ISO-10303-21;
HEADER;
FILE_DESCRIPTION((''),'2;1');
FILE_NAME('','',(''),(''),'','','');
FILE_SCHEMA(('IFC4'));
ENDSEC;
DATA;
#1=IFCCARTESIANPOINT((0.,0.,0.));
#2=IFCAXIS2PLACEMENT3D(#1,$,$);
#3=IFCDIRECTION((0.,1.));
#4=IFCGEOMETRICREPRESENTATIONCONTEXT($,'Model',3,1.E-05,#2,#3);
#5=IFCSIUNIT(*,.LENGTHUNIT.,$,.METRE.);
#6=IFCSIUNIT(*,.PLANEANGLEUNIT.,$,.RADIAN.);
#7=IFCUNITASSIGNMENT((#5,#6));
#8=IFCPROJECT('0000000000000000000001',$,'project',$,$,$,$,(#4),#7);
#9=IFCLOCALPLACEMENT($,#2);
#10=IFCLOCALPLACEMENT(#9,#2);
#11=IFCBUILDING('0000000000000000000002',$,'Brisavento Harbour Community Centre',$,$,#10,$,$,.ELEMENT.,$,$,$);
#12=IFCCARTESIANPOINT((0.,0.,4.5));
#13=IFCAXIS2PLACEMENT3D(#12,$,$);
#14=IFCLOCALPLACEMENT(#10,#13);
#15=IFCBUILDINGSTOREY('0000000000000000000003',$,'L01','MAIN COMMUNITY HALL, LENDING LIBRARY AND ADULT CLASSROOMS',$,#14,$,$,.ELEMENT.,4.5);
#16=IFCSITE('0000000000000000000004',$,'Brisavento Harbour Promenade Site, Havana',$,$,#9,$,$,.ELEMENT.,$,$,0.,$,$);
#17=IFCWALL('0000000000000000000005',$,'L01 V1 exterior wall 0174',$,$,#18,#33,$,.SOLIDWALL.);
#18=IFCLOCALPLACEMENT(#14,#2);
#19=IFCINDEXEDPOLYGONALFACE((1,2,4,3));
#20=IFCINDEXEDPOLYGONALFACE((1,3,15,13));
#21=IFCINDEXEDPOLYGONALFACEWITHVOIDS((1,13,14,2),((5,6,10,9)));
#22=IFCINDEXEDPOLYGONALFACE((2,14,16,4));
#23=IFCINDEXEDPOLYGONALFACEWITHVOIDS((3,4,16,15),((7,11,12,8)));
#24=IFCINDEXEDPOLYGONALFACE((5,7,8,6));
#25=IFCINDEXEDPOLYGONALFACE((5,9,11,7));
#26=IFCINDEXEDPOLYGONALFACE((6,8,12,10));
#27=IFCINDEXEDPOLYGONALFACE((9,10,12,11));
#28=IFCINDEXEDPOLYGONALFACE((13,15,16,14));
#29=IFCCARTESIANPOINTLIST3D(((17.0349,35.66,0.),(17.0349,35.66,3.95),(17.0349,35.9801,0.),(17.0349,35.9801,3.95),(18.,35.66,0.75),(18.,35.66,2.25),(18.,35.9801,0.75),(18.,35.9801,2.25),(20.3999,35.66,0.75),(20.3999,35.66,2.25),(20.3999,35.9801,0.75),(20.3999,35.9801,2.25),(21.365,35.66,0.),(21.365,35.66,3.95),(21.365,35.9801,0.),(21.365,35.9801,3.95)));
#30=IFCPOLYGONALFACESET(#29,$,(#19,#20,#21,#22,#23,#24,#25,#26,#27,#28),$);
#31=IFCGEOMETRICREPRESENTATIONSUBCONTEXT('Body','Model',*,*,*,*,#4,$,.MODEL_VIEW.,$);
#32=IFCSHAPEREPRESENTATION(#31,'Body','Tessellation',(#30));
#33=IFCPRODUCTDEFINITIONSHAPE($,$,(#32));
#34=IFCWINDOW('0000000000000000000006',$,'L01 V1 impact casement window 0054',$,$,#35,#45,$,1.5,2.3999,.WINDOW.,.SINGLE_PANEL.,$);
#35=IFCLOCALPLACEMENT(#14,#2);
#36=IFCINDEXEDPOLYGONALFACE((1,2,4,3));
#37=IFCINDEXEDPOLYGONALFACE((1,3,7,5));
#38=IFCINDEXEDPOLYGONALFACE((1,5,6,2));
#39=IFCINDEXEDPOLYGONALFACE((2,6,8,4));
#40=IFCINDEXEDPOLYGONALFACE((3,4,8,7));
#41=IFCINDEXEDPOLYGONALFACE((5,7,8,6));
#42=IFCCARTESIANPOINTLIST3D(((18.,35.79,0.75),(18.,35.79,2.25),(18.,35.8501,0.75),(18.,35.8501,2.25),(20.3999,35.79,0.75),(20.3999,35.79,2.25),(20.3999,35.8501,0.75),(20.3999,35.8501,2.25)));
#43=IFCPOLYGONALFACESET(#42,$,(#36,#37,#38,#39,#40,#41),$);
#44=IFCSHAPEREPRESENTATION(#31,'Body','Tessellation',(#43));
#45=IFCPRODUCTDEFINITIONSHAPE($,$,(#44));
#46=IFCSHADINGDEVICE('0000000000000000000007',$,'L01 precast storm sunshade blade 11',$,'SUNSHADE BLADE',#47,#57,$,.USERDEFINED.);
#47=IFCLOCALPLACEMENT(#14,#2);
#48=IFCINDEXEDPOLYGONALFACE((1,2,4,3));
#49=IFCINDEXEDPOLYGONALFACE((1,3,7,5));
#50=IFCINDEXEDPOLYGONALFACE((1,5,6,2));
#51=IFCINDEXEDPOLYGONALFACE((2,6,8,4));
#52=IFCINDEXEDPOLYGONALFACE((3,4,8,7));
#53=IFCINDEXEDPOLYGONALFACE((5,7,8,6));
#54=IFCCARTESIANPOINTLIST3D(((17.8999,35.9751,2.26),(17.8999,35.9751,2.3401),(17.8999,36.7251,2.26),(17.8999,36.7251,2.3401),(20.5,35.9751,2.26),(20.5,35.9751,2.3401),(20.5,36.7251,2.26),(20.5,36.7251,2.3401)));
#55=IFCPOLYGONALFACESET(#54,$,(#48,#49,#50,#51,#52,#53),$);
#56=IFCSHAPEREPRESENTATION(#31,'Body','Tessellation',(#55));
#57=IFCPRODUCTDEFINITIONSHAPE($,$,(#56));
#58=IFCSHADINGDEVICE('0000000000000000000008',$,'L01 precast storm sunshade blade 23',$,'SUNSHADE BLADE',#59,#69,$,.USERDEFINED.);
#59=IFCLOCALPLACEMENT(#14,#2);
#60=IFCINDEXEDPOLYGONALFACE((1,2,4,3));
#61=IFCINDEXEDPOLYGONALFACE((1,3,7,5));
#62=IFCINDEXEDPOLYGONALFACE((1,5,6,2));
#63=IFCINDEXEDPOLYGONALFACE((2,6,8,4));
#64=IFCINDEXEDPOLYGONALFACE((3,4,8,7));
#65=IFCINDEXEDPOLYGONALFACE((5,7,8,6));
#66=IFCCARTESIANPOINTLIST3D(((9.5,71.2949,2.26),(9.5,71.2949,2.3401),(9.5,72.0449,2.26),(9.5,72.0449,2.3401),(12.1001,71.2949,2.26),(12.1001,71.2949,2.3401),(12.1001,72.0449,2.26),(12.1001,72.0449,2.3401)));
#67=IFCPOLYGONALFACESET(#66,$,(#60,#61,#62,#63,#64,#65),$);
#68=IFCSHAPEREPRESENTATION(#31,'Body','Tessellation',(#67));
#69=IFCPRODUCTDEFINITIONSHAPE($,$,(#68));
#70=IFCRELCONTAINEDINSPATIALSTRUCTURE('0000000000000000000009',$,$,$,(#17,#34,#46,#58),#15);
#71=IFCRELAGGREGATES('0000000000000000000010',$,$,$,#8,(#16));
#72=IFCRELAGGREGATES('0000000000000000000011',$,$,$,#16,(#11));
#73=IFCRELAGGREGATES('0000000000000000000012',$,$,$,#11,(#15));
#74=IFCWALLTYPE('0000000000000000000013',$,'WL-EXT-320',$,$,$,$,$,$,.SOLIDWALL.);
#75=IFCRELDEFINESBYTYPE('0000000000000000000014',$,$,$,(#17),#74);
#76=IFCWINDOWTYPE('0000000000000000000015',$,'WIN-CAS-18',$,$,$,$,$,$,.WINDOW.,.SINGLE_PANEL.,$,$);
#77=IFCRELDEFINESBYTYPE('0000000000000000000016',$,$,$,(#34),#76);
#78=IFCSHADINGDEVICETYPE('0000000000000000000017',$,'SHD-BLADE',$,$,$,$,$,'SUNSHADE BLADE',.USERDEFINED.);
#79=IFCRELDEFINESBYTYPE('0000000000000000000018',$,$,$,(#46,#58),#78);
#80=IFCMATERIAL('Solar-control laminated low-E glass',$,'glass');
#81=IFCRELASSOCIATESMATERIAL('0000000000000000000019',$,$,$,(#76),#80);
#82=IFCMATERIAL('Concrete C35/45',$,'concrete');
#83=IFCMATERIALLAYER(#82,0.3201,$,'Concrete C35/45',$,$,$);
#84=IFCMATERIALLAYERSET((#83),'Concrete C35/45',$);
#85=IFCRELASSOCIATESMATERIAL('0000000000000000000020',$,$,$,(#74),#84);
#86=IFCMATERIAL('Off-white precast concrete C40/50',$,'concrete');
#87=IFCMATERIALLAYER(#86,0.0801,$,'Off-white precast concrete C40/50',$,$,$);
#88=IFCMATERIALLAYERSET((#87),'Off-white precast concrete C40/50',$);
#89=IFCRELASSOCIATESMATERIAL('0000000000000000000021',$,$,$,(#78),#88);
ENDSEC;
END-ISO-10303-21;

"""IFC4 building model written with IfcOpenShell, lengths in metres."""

from ifc_helpers import new_model, si_unit, direction, frame, frame_2d, origin, origin_2d, place, context, subcontext, project, spatial, rectangle, extrude, material, layer, layer_set, type_object, element, fill, save


model = new_model("IFC4")

# Units and contexts
model_context = context("Model", 3, precision=1e-05, world=origin(), true_north=direction((0.0, 1.0)))
body_context = subcontext(model_context, "Body", "Model", "MODEL_VIEW")
ifc_project = project(units=[si_unit("LENGTHUNIT", "METRE"), si_unit("PLANEANGLEUNIT", "RADIAN")], contexts=[model_context])

# Site, building, storey
site_placement = place(None, origin())
site = spatial("IfcSite", under=ifc_project, at=site_placement, Name="Brisavento Harbour Promenade Site, Havana", CompositionType="ELEMENT", RefElevation=0.0)
building_placement = place(site_placement, origin())
building = spatial("IfcBuilding", under=site, at=building_placement, Name="Brisavento Harbour Community Centre", CompositionType="ELEMENT")
storey_placement = place(building_placement, frame((0.0, 0.0, 4.5)))
storey = spatial("IfcBuildingStorey", under=building, at=storey_placement, Name="L01", Description="MAIN COMMUNITY HALL, LENDING LIBRARY AND ADULT CLASSROOMS", CompositionType="ELEMENT", Elevation=4.5)

# Shared definitions
ifc_material_1 = material(Name="Concrete C35/45", Category="concrete")

# Shared definitions
ifc_material_2 = material(Name="Solar-control laminated low-E glass", Category="glass")

# Wall, opening, window
window_type_1 = type_object("IfcWindowType", Name="WIN-CAS-18", PartitioningType="SINGLE_PANEL", PredefinedType="WINDOW", material=ifc_material_2)
ifc_layer_1 = layer(ifc_material_1, 0.3201, Name="Concrete C35/45")
ifc_layer_set_1 = layer_set([ifc_layer_1], Name="Concrete C35/45")
wall_type_1 = type_object("IfcWallType", Name="WL-EXT-320", PredefinedType="SOLIDWALL", material=ifc_layer_set_1)
wall_1_placement = place(storey_placement, frame((17.0349, 35.8201, 0.0), z_axis=(0.0, 0.0, 1.0), x_axis=(1.0, 0.0, 0.0)))
wall_1 = element("IfcWall", 1, at=wall_1_placement, inside=storey, type_object=wall_type_1, Name="L01 V1 exterior wall 0174", PredefinedType="SOLIDWALL", context=body_context, shape_type="SweptSolid", body=[
    extrude(rectangle(XDim=4.3301, YDim=0.3201, at=frame_2d((2.165, 0.0))), origin(), (0.0, 0.0, 1.0), 3.95),
])
opening_1_placement = place(wall_1_placement, frame((0.9651, 0.0, 0.75)))
opening_1 = element("IfcOpeningElement", 2, at=opening_1_placement, cuts=wall_1, PredefinedType="OPENING", context=body_context, shape_type="SweptSolid", body=[
    extrude(rectangle(XDim=2.3999, YDim=1.5, at=frame_2d((1.2, 0.75))), frame((0.0, 0.1699, 0.0), z_axis=(0.0, -1.0, 0.0), x_axis=(1.0, 0.0, 0.0)), (0.0, 0.0, 1.0), 0.3401),
])
window_1_placement = place(opening_1_placement, origin())
window_1 = element("IfcWindow", 3, at=window_1_placement, inside=storey, type_object=window_type_1, Name="L01 V1 impact casement window 0054", OverallHeight=1.5, OverallWidth=2.3999, PartitioningType="SINGLE_PANEL", PredefinedType="WINDOW", context=body_context, shape_type="SweptSolid", body=[
    extrude(rectangle(XDim=2.3999, YDim=1.5, at=frame_2d((1.2, 0.75))), frame((0.0, 0.03, 0.0), z_axis=(0.0, -1.0, 0.0), x_axis=(1.0, 0.0, 0.0)), (0.0, 0.0, 1.0), 0.0601),
])
fill(opening_1, window_1)

# Shading devices
ifc_material_3 = material(Name="Off-white precast concrete C40/50", Category="concrete")
ifc_layer_2 = layer(ifc_material_3, 0.0801, Name="Off-white precast concrete C40/50")
ifc_layer_set_2 = layer_set([ifc_layer_2], Name="Off-white precast concrete C40/50")
shading_device_type = type_object("IfcShadingDeviceType", Name="SHD-BLADE", ElementType="SUNSHADE BLADE", PredefinedType="USERDEFINED", material=ifc_layer_set_2)
for number, where, z_axis, x_axis, name in (
    (4, (19.2, 36.3501, 2.26), (0.0, 0.0, 1.0), (1.0, 0.0, 0.0), "L01 precast storm sunshade blade 11"),
    (5, (10.8, 71.6699, 2.26), (0.0, 0.0, 1.0), (-1.0, 0.0, 0.0), "L01 precast storm sunshade blade 23"),
):
    element("IfcShadingDevice", number, at=place(storey_placement, frame(where, z_axis=z_axis, x_axis=x_axis)), inside=storey, type_object=shading_device_type, Name=name, ObjectType="SUNSHADE BLADE", PredefinedType="USERDEFINED", context=body_context, shape_type="SweptSolid", body=[
        extrude(rectangle(XDim=2.6001, YDim=0.75, at=origin_2d()), origin(), (0.0, 0.0, 1.0), 0.0801),
    ])

save(model, "model.ifc")
